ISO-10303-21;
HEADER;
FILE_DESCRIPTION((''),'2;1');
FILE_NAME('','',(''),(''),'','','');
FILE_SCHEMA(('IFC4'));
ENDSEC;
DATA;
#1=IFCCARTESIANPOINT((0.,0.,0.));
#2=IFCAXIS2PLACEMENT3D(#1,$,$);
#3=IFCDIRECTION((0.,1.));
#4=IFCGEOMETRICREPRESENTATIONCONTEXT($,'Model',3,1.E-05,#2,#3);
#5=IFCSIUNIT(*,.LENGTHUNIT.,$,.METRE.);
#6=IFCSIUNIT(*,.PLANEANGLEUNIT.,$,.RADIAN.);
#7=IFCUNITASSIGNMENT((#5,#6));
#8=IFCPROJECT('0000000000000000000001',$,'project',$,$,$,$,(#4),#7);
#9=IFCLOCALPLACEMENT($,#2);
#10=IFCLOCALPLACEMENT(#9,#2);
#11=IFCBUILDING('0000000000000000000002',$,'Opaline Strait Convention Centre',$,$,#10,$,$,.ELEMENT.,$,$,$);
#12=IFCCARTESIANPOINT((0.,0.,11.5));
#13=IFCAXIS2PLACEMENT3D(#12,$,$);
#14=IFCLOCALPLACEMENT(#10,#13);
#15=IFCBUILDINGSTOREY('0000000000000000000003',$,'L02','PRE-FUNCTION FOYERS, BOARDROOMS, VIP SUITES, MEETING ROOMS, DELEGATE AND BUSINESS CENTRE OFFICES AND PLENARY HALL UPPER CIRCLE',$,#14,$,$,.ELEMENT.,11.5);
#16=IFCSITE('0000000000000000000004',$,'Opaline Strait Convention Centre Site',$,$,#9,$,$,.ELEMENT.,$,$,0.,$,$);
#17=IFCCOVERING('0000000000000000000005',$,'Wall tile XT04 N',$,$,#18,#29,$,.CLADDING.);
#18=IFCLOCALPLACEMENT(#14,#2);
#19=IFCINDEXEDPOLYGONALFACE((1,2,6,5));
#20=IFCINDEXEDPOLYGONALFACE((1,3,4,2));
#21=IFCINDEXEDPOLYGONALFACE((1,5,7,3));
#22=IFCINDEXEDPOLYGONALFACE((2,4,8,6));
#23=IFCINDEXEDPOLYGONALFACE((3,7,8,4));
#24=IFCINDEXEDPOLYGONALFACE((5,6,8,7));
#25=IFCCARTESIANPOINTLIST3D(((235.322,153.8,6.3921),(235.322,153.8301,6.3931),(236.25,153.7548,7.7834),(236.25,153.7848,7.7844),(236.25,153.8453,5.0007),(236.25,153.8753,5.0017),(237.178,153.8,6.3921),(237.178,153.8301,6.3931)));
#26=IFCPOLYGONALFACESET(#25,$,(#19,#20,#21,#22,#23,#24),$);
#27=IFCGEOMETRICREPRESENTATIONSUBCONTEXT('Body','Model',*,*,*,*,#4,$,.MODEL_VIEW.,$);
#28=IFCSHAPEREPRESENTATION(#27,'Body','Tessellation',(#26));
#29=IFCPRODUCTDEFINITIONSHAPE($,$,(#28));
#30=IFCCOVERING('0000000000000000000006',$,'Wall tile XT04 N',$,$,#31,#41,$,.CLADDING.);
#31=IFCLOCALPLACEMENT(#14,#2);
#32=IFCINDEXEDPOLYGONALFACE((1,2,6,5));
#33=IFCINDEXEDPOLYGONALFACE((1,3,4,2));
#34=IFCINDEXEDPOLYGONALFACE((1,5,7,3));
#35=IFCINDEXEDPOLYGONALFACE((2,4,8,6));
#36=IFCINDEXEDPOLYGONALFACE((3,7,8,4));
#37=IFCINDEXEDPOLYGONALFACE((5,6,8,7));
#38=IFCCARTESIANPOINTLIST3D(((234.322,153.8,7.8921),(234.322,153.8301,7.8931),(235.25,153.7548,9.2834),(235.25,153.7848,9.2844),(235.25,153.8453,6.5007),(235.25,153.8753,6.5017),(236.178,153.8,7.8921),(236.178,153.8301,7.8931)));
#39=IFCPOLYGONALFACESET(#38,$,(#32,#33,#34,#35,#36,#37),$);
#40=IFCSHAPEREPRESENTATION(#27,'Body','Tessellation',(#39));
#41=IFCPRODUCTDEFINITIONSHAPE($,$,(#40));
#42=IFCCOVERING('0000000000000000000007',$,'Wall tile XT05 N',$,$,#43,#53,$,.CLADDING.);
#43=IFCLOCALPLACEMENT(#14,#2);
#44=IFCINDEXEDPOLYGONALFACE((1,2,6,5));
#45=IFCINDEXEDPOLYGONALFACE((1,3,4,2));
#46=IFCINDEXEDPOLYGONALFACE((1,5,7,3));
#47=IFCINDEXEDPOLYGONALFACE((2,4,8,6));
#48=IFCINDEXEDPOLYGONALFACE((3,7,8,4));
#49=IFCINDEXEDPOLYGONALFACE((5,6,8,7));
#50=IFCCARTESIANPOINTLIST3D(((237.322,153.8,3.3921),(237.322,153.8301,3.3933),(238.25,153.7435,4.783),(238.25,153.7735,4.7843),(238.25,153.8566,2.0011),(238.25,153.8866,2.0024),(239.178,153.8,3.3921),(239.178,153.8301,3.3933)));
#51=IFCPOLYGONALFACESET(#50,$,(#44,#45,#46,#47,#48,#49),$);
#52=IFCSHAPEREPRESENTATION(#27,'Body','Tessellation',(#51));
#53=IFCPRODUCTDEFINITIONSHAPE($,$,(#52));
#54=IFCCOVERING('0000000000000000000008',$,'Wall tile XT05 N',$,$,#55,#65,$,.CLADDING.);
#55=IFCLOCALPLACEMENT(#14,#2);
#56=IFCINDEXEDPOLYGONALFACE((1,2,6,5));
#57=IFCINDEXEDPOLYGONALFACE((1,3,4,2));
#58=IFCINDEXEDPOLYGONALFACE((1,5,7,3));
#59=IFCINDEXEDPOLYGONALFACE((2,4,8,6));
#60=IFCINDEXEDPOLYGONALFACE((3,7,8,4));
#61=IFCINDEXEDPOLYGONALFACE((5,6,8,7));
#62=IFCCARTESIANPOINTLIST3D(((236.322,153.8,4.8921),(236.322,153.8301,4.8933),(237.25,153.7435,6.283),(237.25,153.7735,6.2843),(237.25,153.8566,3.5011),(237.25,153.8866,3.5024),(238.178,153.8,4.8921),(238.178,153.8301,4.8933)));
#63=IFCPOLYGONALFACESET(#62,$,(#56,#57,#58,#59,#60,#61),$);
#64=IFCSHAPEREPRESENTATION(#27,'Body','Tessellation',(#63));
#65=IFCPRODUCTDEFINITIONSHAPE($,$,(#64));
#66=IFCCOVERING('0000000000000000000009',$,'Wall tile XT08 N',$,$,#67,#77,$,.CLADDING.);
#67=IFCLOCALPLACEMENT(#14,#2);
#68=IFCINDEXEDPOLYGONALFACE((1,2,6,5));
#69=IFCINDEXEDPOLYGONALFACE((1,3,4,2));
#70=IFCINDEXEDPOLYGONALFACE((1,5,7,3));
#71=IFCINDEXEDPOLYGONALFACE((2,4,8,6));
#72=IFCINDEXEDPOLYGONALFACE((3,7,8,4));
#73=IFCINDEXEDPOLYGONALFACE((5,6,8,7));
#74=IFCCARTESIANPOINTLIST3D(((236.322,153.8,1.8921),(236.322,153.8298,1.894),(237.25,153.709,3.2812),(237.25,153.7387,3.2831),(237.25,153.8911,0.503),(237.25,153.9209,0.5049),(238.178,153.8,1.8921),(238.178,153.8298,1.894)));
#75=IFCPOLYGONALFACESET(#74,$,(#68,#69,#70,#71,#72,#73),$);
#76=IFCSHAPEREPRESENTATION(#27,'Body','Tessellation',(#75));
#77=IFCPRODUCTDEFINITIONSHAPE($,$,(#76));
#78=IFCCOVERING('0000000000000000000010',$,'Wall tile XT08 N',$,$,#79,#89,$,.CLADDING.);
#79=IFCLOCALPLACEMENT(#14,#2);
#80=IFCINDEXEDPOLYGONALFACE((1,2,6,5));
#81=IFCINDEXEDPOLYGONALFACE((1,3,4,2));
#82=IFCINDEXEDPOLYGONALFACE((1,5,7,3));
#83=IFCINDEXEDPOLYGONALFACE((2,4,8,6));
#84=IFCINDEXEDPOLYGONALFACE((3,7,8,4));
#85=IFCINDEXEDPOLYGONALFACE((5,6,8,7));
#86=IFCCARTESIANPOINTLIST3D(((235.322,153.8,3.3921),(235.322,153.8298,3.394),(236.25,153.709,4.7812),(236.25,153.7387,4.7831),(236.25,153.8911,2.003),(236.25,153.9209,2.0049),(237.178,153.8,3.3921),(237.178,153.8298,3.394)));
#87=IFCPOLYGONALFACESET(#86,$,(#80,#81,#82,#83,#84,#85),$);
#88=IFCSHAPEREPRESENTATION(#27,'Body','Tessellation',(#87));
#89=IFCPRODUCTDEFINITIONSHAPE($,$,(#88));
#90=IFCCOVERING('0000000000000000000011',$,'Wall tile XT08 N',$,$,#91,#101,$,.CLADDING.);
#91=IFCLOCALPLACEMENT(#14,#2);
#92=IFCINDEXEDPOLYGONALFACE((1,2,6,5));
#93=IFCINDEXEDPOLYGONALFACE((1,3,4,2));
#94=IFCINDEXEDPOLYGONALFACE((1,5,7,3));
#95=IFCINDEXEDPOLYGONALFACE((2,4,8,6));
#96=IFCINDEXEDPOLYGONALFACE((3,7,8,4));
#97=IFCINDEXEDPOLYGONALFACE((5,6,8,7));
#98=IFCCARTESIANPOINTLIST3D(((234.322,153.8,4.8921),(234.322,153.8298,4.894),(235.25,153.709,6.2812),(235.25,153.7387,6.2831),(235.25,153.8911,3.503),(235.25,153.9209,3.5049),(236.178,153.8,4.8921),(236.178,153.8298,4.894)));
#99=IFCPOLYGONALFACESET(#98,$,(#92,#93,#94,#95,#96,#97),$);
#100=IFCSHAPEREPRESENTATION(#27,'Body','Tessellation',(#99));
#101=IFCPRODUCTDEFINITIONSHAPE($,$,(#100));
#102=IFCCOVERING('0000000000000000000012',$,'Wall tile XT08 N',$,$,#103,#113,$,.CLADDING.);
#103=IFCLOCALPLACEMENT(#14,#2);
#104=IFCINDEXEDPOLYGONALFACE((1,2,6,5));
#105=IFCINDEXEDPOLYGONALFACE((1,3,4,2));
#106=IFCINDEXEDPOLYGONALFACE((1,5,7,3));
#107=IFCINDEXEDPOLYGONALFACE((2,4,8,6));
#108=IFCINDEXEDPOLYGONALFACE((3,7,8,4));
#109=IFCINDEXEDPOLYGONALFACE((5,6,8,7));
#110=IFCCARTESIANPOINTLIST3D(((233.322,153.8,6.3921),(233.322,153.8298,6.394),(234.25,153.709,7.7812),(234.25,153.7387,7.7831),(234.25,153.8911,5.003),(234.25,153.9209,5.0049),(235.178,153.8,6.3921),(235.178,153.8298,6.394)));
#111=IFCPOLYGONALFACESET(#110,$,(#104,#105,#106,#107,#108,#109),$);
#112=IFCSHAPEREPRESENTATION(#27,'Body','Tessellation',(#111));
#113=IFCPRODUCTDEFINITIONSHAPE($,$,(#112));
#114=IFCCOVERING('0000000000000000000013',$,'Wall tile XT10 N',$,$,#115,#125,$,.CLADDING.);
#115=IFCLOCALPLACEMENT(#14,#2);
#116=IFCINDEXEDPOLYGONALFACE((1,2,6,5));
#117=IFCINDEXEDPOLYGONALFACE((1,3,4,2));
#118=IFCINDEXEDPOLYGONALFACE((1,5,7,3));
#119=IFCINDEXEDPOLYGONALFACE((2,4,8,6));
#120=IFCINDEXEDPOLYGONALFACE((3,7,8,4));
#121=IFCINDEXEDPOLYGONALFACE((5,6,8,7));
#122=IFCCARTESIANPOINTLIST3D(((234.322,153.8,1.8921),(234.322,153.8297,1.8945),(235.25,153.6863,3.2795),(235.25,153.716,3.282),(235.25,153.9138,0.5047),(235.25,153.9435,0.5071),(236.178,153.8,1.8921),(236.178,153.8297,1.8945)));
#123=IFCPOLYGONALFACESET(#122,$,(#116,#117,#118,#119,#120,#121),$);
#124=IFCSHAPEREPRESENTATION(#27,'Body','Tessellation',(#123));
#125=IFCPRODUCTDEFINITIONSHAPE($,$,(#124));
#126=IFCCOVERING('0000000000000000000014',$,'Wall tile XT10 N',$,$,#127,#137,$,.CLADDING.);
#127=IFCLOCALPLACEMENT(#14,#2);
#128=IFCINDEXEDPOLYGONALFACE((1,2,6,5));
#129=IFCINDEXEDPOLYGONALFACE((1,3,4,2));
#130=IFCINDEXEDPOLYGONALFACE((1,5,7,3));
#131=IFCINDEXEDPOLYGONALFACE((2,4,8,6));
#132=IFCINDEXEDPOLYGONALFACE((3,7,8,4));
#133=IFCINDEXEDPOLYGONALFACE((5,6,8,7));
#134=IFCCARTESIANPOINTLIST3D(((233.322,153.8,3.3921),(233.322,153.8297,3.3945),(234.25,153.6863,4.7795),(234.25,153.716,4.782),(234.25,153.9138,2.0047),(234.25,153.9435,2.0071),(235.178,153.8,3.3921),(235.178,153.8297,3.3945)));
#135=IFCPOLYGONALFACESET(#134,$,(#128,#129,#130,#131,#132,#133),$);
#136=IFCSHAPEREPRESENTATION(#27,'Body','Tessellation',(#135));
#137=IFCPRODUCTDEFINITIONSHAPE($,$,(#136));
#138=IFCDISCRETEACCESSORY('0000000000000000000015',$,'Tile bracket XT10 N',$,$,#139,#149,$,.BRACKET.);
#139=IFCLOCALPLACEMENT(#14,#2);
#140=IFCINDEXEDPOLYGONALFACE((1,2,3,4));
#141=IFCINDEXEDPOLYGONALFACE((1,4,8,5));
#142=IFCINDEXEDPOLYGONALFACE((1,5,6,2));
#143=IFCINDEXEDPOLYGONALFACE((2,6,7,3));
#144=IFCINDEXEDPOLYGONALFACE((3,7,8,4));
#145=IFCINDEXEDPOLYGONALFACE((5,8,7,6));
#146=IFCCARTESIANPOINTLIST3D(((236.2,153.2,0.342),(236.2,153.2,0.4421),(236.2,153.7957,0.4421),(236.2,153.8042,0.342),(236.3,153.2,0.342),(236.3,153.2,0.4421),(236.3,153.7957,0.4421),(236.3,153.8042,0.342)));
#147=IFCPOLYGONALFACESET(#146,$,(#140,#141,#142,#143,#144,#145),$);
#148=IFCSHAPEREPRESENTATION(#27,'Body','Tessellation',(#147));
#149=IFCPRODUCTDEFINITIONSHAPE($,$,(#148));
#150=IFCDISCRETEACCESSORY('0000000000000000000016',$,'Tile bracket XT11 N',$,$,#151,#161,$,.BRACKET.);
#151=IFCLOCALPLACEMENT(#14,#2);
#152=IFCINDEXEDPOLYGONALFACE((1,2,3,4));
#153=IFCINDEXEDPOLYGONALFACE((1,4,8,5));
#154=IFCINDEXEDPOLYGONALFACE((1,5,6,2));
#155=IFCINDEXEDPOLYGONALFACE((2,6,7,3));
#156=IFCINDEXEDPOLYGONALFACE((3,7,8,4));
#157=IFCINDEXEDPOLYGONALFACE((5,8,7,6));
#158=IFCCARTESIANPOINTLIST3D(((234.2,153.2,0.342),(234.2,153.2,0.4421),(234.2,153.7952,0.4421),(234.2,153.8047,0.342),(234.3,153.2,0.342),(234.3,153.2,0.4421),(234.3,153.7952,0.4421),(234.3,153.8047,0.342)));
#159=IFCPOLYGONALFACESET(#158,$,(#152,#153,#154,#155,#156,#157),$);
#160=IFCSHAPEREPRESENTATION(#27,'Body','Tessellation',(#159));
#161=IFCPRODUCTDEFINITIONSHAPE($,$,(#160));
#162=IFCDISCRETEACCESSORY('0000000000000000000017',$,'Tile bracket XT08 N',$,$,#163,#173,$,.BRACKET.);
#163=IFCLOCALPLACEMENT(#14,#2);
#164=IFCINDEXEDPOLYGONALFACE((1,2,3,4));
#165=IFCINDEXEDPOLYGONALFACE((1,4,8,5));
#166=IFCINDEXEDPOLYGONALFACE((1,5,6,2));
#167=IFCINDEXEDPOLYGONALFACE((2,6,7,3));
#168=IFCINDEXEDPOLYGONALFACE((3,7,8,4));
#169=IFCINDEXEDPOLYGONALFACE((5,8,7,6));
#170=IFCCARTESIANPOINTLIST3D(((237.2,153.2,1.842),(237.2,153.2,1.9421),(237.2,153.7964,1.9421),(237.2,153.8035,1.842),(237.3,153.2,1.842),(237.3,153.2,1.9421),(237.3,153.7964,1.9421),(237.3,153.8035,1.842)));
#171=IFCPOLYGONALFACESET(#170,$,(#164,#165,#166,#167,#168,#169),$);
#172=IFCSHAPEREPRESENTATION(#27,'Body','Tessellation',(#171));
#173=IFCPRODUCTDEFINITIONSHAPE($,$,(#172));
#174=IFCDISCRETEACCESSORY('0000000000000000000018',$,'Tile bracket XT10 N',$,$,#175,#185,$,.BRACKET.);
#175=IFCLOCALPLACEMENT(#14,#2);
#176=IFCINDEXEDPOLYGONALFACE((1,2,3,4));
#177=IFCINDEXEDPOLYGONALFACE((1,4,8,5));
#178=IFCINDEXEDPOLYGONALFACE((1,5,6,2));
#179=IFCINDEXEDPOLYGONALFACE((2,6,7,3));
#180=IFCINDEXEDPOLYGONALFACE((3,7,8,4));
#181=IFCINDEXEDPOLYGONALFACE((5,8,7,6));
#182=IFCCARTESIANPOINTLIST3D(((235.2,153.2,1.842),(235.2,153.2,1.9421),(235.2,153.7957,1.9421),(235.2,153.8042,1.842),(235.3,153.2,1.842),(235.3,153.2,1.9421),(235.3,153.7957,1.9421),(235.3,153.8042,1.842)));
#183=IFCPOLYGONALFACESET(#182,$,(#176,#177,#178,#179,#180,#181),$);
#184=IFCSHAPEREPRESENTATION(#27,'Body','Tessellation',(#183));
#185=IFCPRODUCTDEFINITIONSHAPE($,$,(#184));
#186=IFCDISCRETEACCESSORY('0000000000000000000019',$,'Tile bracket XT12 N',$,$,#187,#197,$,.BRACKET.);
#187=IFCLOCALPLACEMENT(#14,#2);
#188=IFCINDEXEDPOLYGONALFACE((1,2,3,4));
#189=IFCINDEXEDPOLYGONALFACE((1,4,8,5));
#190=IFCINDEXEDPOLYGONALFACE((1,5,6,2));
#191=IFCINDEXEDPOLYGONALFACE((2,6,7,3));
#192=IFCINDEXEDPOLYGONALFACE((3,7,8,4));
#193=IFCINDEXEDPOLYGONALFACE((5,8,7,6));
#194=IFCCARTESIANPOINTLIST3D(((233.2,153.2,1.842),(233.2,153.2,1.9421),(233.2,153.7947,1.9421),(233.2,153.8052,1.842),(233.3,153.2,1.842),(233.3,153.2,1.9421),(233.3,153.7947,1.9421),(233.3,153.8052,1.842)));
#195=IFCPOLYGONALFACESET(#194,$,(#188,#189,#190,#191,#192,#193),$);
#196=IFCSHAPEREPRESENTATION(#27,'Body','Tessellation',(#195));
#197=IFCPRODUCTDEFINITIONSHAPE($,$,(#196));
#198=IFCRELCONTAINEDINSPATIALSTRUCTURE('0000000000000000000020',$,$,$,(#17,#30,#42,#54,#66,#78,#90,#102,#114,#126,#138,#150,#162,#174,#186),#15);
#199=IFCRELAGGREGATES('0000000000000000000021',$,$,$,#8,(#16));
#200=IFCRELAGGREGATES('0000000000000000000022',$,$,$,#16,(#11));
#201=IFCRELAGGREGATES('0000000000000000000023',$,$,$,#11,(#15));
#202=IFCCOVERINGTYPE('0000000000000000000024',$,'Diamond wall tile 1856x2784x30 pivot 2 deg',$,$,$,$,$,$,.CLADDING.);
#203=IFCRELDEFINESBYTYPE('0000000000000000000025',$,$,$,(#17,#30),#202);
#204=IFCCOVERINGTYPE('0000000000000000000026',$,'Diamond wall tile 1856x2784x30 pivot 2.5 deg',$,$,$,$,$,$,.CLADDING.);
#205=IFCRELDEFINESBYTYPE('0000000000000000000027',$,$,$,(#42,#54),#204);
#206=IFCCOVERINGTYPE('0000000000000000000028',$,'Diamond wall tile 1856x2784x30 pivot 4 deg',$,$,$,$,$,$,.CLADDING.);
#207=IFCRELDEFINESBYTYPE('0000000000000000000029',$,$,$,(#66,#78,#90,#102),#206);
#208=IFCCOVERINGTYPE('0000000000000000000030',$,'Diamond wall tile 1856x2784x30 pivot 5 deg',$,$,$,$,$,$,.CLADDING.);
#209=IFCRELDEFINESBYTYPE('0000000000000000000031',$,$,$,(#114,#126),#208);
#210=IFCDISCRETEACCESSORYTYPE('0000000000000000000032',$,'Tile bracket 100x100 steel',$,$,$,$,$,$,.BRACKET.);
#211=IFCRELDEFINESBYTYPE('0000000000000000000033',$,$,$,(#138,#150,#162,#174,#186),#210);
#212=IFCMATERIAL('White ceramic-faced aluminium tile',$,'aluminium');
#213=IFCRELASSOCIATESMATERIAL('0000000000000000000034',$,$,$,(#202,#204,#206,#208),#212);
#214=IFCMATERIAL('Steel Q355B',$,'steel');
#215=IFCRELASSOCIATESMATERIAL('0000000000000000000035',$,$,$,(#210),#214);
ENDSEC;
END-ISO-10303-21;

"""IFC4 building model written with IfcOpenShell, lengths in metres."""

from ifc_helpers import new_model, si_unit, direction, frame, origin, place, context, subcontext, project, spatial, polyline, outline, extrude, material, material_profile, profile_set, type_object, element, save


model = new_model("IFC4")

# Units and contexts
model_context = context("Model", 3, precision=1e-05, world=origin(), true_north=direction((0.0, 1.0)))
body_context = subcontext(model_context, "Body", "Model", "MODEL_VIEW")
ifc_project = project(units=[si_unit("LENGTHUNIT", "METRE"), si_unit("PLANEANGLEUNIT", "RADIAN")], contexts=[model_context])

# Site, building, storey
site_placement = place(None, origin())
site = spatial("IfcSite", under=ifc_project, at=site_placement, Name="Opaline Strait Convention Centre Site", CompositionType="ELEMENT", RefElevation=0.0)
building_placement = place(site_placement, origin())
building = spatial("IfcBuilding", under=site, at=building_placement, Name="Opaline Strait Convention Centre", CompositionType="ELEMENT")
storey_placement = place(building_placement, frame((0.0, 0.0, 11.5)))
storey = spatial("IfcBuildingStorey", under=building, at=storey_placement, Name="L02", Description="PRE-FUNCTION FOYERS, BOARDROOMS, VIP SUITES, MEETING ROOMS, DELEGATE AND BUSINESS CENTRE OFFICES AND PLENARY HALL UPPER CIRCLE", CompositionType="ELEMENT", Elevation=11.5)

# Coverings
ifc_material_1 = material(Name="White ceramic-faced aluminium tile", Category="aluminium")
ifc_material_profile_1 = material_profile(ifc_material_1, outline(polyline([(0.928, 0.0), (0.0, 1.3921), (-0.928, 0.0), (0.0, -1.3921), (0.928, 0.0)])), Name="Diamond tile 1856x2784")
ifc_profile_set_1 = profile_set([ifc_material_profile_1], Name="White ceramic-faced aluminium tile")
covering_type_1 = type_object("IfcCoveringType", Name="Diamond wall tile 1856x2784x30 pivot 2 deg", PredefinedType="CLADDING", material=ifc_profile_set_1)
for number, where, z_axis, x_axis, name in (
    (1, (236.25, 153.8, 6.3921), (0.0, 0.999472, 0.032503), (-1.0, 0.0, 0.0), "Wall tile XT04 N"),
    (2, (235.25, 153.8, 7.8921), (0.0, 0.999472, 0.032503), (-1.0, 0.0, 0.0), "Wall tile XT04 N"),
):
    element("IfcCovering", number, at=place(storey_placement, frame(where, z_axis=z_axis, x_axis=x_axis)), inside=storey, type_object=covering_type_1, Name=name, PredefinedType="CLADDING", context=body_context, shape_type="SweptSolid", body=[
        extrude(outline(polyline([(0.928, 0.0), (0.0, 1.3921), (-0.928, 0.0), (0.0, -1.3921), (0.928, 0.0)])), origin(), (0.0, 0.0, 1.0), 0.03),
    ])
ifc_material_profile_2 = material_profile(ifc_material_1, outline(polyline([(0.928, 0.0), (0.0, 1.3921), (-0.928, 0.0), (0.0, -1.3921), (0.928, 0.0)])), Name="Diamond tile 1856x2784")
ifc_profile_set_2 = profile_set([ifc_material_profile_2], Name="White ceramic-faced aluminium tile")
covering_type_2 = type_object("IfcCoveringType", Name="Diamond wall tile 1856x2784x30 pivot 2.5 deg", PredefinedType="CLADDING", material=ifc_profile_set_2)
for number, where, z_axis, x_axis, name in (
    (3, (238.25, 153.8, 3.3921), (0.0, 0.999175, 0.040617), (-1.0, 0.0, 0.0), "Wall tile XT05 N"),
    (4, (237.25, 153.8, 4.8921), (0.0, 0.999175, 0.040617), (-1.0, 0.0, 0.0), "Wall tile XT05 N"),
):
    element("IfcCovering", number, at=place(storey_placement, frame(where, z_axis=z_axis, x_axis=x_axis)), inside=storey, type_object=covering_type_2, Name=name, PredefinedType="CLADDING", context=body_context, shape_type="SweptSolid", body=[
        extrude(outline(polyline([(0.928, 0.0), (0.0, 1.3921), (-0.928, 0.0), (0.0, -1.3921), (0.928, 0.0)])), origin(), (0.0, 0.0, 1.0), 0.03),
    ])
ifc_material_profile_3 = material_profile(ifc_material_1, outline(polyline([(0.928, 0.0), (0.0, 1.3921), (-0.928, 0.0), (0.0, -1.3921), (0.928, 0.0)])), Name="Diamond tile 1856x2784")
ifc_profile_set_3 = profile_set([ifc_material_profile_3], Name="White ceramic-faced aluminium tile")
covering_type_3 = type_object("IfcCoveringType", Name="Diamond wall tile 1856x2784x30 pivot 4 deg", PredefinedType="CLADDING", material=ifc_profile_set_3)
for number, where, z_axis, x_axis, name in (
    (5, (237.25, 153.8, 1.8921), (0.0, 0.997857, 0.065433), (-1.0, 0.0, 0.0), "Wall tile XT08 N"),
    (6, (236.25, 153.8, 3.3921), (0.0, 0.997857, 0.065433), (-1.0, 0.0, 0.0), "Wall tile XT08 N"),
    (7, (235.25, 153.8, 4.8921), (0.0, 0.997857, 0.065433), (-1.0, 0.0, 0.0), "Wall tile XT08 N"),
    (8, (234.25, 153.8, 6.3921), (0.0, 0.997857, 0.065433), (-1.0, 0.0, 0.0), "Wall tile XT08 N"),
):
    element("IfcCovering", number, at=place(storey_placement, frame(where, z_axis=z_axis, x_axis=x_axis)), inside=storey, type_object=covering_type_3, Name=name, PredefinedType="CLADDING", context=body_context, shape_type="SweptSolid", body=[
        extrude(outline(polyline([(0.928, 0.0), (0.0, 1.3921), (-0.928, 0.0), (0.0, -1.3921), (0.928, 0.0)])), origin(), (0.0, 0.0, 1.0), 0.0298),
    ])
ifc_material_profile_4 = material_profile(ifc_material_1, outline(polyline([(0.928, 0.0), (0.0, 1.3921), (-0.928, 0.0), (0.0, -1.3921), (0.928, 0.0)])), Name="Diamond tile 1856x2784")
ifc_profile_set_4 = profile_set([ifc_material_profile_4], Name="White ceramic-faced aluminium tile")
covering_type_4 = type_object("IfcCoveringType", Name="Diamond wall tile 1856x2784x30 pivot 5 deg", PredefinedType="CLADDING", material=ifc_profile_set_4)
for number, where, z_axis, x_axis, name in (
    (9, (235.25, 153.8, 1.8921), (0.0, 0.996658, 0.081693), (-1.0, 0.0, 0.0), "Wall tile XT10 N"),
    (10, (234.25, 153.8, 3.3921), (0.0, 0.996658, 0.081693), (-1.0, 0.0, 0.0), "Wall tile XT10 N"),
):
    element("IfcCovering", number, at=place(storey_placement, frame(where, z_axis=z_axis, x_axis=x_axis)), inside=storey, type_object=covering_type_4, Name=name, PredefinedType="CLADDING", context=body_context, shape_type="SweptSolid", body=[
        extrude(outline(polyline([(0.928, 0.0), (0.0, 1.3921), (-0.928, 0.0), (0.0, -1.3921), (0.928, 0.0)])), origin(), (0.0, 0.0, 1.0), 0.0298),
    ])

# Discrete accessories
ifc_material_2 = material(Name="Steel Q355B", Category="steel")
discrete_accessory_type = type_object("IfcDiscreteAccessoryType", Name="Tile bracket 100x100 steel", PredefinedType="BRACKET", material=ifc_material_2)
discrete_accessory_1_placement = place(storey_placement, frame((236.3, 153.2, 0.3921), z_axis=(-1.0, 0.0, 0.0), x_axis=(0.0, -1.0, 0.0)))
element("IfcDiscreteAccessory", 11, at=discrete_accessory_1_placement, inside=storey, type_object=discrete_accessory_type, Name="Tile bracket XT10 N", PredefinedType="BRACKET", context=body_context, shape_type="SweptSolid", body=[
    extrude(outline(polyline([(0.0, -0.05), (0.0, 0.05), (-0.5957, 0.05), (-0.6042, -0.05), (0.0, -0.05)])), origin(), (0.0, 0.0, 1.0), 0.1001),
])
discrete_accessory_2_placement = place(storey_placement, frame((234.3, 153.2, 0.3921), z_axis=(-1.0, 0.0, 0.0), x_axis=(0.0, -1.0, 0.0)))
element("IfcDiscreteAccessory", 12, at=discrete_accessory_2_placement, inside=storey, type_object=discrete_accessory_type, Name="Tile bracket XT11 N", PredefinedType="BRACKET", context=body_context, shape_type="SweptSolid", body=[
    extrude(outline(polyline([(0.0, -0.05), (0.0, 0.05), (-0.5952, 0.05), (-0.6047, -0.05), (0.0, -0.05)])), origin(), (0.0, 0.0, 1.0), 0.1001),
])
discrete_accessory_3_placement = place(storey_placement, frame((237.3, 153.2, 1.8921), z_axis=(-1.0, 0.0, 0.0), x_axis=(0.0, -1.0, 0.0)))
element("IfcDiscreteAccessory", 13, at=discrete_accessory_3_placement, inside=storey, type_object=discrete_accessory_type, Name="Tile bracket XT08 N", PredefinedType="BRACKET", context=body_context, shape_type="SweptSolid", body=[
    extrude(outline(polyline([(0.0, -0.05), (0.0, 0.05), (-0.5964, 0.05), (-0.6035, -0.05), (0.0, -0.05)])), origin(), (0.0, 0.0, 1.0), 0.1001),
])
discrete_accessory_4_placement = place(storey_placement, frame((235.3, 153.2, 1.8921), z_axis=(-1.0, 0.0, 0.0), x_axis=(0.0, -1.0, 0.0)))
element("IfcDiscreteAccessory", 14, at=discrete_accessory_4_placement, inside=storey, type_object=discrete_accessory_type, Name="Tile bracket XT10 N", PredefinedType="BRACKET", context=body_context, shape_type="SweptSolid", body=[
    extrude(outline(polyline([(0.0, -0.05), (0.0, 0.05), (-0.5957, 0.05), (-0.6042, -0.05), (0.0, -0.05)])), origin(), (0.0, 0.0, 1.0), 0.1001),
])
discrete_accessory_5_placement = place(storey_placement, frame((233.3, 153.2, 1.8921), z_axis=(-1.0, 0.0, 0.0), x_axis=(0.0, -1.0, 0.0)))
element("IfcDiscreteAccessory", 15, at=discrete_accessory_5_placement, inside=storey, type_object=discrete_accessory_type, Name="Tile bracket XT12 N", PredefinedType="BRACKET", context=body_context, shape_type="SweptSolid", body=[
    extrude(outline(polyline([(0.0, -0.05), (0.0, 0.05), (-0.5947, 0.05), (-0.6052, -0.05), (0.0, -0.05)])), origin(), (0.0, 0.0, 1.0), 0.1001),
])

save(model, "model.ifc")
